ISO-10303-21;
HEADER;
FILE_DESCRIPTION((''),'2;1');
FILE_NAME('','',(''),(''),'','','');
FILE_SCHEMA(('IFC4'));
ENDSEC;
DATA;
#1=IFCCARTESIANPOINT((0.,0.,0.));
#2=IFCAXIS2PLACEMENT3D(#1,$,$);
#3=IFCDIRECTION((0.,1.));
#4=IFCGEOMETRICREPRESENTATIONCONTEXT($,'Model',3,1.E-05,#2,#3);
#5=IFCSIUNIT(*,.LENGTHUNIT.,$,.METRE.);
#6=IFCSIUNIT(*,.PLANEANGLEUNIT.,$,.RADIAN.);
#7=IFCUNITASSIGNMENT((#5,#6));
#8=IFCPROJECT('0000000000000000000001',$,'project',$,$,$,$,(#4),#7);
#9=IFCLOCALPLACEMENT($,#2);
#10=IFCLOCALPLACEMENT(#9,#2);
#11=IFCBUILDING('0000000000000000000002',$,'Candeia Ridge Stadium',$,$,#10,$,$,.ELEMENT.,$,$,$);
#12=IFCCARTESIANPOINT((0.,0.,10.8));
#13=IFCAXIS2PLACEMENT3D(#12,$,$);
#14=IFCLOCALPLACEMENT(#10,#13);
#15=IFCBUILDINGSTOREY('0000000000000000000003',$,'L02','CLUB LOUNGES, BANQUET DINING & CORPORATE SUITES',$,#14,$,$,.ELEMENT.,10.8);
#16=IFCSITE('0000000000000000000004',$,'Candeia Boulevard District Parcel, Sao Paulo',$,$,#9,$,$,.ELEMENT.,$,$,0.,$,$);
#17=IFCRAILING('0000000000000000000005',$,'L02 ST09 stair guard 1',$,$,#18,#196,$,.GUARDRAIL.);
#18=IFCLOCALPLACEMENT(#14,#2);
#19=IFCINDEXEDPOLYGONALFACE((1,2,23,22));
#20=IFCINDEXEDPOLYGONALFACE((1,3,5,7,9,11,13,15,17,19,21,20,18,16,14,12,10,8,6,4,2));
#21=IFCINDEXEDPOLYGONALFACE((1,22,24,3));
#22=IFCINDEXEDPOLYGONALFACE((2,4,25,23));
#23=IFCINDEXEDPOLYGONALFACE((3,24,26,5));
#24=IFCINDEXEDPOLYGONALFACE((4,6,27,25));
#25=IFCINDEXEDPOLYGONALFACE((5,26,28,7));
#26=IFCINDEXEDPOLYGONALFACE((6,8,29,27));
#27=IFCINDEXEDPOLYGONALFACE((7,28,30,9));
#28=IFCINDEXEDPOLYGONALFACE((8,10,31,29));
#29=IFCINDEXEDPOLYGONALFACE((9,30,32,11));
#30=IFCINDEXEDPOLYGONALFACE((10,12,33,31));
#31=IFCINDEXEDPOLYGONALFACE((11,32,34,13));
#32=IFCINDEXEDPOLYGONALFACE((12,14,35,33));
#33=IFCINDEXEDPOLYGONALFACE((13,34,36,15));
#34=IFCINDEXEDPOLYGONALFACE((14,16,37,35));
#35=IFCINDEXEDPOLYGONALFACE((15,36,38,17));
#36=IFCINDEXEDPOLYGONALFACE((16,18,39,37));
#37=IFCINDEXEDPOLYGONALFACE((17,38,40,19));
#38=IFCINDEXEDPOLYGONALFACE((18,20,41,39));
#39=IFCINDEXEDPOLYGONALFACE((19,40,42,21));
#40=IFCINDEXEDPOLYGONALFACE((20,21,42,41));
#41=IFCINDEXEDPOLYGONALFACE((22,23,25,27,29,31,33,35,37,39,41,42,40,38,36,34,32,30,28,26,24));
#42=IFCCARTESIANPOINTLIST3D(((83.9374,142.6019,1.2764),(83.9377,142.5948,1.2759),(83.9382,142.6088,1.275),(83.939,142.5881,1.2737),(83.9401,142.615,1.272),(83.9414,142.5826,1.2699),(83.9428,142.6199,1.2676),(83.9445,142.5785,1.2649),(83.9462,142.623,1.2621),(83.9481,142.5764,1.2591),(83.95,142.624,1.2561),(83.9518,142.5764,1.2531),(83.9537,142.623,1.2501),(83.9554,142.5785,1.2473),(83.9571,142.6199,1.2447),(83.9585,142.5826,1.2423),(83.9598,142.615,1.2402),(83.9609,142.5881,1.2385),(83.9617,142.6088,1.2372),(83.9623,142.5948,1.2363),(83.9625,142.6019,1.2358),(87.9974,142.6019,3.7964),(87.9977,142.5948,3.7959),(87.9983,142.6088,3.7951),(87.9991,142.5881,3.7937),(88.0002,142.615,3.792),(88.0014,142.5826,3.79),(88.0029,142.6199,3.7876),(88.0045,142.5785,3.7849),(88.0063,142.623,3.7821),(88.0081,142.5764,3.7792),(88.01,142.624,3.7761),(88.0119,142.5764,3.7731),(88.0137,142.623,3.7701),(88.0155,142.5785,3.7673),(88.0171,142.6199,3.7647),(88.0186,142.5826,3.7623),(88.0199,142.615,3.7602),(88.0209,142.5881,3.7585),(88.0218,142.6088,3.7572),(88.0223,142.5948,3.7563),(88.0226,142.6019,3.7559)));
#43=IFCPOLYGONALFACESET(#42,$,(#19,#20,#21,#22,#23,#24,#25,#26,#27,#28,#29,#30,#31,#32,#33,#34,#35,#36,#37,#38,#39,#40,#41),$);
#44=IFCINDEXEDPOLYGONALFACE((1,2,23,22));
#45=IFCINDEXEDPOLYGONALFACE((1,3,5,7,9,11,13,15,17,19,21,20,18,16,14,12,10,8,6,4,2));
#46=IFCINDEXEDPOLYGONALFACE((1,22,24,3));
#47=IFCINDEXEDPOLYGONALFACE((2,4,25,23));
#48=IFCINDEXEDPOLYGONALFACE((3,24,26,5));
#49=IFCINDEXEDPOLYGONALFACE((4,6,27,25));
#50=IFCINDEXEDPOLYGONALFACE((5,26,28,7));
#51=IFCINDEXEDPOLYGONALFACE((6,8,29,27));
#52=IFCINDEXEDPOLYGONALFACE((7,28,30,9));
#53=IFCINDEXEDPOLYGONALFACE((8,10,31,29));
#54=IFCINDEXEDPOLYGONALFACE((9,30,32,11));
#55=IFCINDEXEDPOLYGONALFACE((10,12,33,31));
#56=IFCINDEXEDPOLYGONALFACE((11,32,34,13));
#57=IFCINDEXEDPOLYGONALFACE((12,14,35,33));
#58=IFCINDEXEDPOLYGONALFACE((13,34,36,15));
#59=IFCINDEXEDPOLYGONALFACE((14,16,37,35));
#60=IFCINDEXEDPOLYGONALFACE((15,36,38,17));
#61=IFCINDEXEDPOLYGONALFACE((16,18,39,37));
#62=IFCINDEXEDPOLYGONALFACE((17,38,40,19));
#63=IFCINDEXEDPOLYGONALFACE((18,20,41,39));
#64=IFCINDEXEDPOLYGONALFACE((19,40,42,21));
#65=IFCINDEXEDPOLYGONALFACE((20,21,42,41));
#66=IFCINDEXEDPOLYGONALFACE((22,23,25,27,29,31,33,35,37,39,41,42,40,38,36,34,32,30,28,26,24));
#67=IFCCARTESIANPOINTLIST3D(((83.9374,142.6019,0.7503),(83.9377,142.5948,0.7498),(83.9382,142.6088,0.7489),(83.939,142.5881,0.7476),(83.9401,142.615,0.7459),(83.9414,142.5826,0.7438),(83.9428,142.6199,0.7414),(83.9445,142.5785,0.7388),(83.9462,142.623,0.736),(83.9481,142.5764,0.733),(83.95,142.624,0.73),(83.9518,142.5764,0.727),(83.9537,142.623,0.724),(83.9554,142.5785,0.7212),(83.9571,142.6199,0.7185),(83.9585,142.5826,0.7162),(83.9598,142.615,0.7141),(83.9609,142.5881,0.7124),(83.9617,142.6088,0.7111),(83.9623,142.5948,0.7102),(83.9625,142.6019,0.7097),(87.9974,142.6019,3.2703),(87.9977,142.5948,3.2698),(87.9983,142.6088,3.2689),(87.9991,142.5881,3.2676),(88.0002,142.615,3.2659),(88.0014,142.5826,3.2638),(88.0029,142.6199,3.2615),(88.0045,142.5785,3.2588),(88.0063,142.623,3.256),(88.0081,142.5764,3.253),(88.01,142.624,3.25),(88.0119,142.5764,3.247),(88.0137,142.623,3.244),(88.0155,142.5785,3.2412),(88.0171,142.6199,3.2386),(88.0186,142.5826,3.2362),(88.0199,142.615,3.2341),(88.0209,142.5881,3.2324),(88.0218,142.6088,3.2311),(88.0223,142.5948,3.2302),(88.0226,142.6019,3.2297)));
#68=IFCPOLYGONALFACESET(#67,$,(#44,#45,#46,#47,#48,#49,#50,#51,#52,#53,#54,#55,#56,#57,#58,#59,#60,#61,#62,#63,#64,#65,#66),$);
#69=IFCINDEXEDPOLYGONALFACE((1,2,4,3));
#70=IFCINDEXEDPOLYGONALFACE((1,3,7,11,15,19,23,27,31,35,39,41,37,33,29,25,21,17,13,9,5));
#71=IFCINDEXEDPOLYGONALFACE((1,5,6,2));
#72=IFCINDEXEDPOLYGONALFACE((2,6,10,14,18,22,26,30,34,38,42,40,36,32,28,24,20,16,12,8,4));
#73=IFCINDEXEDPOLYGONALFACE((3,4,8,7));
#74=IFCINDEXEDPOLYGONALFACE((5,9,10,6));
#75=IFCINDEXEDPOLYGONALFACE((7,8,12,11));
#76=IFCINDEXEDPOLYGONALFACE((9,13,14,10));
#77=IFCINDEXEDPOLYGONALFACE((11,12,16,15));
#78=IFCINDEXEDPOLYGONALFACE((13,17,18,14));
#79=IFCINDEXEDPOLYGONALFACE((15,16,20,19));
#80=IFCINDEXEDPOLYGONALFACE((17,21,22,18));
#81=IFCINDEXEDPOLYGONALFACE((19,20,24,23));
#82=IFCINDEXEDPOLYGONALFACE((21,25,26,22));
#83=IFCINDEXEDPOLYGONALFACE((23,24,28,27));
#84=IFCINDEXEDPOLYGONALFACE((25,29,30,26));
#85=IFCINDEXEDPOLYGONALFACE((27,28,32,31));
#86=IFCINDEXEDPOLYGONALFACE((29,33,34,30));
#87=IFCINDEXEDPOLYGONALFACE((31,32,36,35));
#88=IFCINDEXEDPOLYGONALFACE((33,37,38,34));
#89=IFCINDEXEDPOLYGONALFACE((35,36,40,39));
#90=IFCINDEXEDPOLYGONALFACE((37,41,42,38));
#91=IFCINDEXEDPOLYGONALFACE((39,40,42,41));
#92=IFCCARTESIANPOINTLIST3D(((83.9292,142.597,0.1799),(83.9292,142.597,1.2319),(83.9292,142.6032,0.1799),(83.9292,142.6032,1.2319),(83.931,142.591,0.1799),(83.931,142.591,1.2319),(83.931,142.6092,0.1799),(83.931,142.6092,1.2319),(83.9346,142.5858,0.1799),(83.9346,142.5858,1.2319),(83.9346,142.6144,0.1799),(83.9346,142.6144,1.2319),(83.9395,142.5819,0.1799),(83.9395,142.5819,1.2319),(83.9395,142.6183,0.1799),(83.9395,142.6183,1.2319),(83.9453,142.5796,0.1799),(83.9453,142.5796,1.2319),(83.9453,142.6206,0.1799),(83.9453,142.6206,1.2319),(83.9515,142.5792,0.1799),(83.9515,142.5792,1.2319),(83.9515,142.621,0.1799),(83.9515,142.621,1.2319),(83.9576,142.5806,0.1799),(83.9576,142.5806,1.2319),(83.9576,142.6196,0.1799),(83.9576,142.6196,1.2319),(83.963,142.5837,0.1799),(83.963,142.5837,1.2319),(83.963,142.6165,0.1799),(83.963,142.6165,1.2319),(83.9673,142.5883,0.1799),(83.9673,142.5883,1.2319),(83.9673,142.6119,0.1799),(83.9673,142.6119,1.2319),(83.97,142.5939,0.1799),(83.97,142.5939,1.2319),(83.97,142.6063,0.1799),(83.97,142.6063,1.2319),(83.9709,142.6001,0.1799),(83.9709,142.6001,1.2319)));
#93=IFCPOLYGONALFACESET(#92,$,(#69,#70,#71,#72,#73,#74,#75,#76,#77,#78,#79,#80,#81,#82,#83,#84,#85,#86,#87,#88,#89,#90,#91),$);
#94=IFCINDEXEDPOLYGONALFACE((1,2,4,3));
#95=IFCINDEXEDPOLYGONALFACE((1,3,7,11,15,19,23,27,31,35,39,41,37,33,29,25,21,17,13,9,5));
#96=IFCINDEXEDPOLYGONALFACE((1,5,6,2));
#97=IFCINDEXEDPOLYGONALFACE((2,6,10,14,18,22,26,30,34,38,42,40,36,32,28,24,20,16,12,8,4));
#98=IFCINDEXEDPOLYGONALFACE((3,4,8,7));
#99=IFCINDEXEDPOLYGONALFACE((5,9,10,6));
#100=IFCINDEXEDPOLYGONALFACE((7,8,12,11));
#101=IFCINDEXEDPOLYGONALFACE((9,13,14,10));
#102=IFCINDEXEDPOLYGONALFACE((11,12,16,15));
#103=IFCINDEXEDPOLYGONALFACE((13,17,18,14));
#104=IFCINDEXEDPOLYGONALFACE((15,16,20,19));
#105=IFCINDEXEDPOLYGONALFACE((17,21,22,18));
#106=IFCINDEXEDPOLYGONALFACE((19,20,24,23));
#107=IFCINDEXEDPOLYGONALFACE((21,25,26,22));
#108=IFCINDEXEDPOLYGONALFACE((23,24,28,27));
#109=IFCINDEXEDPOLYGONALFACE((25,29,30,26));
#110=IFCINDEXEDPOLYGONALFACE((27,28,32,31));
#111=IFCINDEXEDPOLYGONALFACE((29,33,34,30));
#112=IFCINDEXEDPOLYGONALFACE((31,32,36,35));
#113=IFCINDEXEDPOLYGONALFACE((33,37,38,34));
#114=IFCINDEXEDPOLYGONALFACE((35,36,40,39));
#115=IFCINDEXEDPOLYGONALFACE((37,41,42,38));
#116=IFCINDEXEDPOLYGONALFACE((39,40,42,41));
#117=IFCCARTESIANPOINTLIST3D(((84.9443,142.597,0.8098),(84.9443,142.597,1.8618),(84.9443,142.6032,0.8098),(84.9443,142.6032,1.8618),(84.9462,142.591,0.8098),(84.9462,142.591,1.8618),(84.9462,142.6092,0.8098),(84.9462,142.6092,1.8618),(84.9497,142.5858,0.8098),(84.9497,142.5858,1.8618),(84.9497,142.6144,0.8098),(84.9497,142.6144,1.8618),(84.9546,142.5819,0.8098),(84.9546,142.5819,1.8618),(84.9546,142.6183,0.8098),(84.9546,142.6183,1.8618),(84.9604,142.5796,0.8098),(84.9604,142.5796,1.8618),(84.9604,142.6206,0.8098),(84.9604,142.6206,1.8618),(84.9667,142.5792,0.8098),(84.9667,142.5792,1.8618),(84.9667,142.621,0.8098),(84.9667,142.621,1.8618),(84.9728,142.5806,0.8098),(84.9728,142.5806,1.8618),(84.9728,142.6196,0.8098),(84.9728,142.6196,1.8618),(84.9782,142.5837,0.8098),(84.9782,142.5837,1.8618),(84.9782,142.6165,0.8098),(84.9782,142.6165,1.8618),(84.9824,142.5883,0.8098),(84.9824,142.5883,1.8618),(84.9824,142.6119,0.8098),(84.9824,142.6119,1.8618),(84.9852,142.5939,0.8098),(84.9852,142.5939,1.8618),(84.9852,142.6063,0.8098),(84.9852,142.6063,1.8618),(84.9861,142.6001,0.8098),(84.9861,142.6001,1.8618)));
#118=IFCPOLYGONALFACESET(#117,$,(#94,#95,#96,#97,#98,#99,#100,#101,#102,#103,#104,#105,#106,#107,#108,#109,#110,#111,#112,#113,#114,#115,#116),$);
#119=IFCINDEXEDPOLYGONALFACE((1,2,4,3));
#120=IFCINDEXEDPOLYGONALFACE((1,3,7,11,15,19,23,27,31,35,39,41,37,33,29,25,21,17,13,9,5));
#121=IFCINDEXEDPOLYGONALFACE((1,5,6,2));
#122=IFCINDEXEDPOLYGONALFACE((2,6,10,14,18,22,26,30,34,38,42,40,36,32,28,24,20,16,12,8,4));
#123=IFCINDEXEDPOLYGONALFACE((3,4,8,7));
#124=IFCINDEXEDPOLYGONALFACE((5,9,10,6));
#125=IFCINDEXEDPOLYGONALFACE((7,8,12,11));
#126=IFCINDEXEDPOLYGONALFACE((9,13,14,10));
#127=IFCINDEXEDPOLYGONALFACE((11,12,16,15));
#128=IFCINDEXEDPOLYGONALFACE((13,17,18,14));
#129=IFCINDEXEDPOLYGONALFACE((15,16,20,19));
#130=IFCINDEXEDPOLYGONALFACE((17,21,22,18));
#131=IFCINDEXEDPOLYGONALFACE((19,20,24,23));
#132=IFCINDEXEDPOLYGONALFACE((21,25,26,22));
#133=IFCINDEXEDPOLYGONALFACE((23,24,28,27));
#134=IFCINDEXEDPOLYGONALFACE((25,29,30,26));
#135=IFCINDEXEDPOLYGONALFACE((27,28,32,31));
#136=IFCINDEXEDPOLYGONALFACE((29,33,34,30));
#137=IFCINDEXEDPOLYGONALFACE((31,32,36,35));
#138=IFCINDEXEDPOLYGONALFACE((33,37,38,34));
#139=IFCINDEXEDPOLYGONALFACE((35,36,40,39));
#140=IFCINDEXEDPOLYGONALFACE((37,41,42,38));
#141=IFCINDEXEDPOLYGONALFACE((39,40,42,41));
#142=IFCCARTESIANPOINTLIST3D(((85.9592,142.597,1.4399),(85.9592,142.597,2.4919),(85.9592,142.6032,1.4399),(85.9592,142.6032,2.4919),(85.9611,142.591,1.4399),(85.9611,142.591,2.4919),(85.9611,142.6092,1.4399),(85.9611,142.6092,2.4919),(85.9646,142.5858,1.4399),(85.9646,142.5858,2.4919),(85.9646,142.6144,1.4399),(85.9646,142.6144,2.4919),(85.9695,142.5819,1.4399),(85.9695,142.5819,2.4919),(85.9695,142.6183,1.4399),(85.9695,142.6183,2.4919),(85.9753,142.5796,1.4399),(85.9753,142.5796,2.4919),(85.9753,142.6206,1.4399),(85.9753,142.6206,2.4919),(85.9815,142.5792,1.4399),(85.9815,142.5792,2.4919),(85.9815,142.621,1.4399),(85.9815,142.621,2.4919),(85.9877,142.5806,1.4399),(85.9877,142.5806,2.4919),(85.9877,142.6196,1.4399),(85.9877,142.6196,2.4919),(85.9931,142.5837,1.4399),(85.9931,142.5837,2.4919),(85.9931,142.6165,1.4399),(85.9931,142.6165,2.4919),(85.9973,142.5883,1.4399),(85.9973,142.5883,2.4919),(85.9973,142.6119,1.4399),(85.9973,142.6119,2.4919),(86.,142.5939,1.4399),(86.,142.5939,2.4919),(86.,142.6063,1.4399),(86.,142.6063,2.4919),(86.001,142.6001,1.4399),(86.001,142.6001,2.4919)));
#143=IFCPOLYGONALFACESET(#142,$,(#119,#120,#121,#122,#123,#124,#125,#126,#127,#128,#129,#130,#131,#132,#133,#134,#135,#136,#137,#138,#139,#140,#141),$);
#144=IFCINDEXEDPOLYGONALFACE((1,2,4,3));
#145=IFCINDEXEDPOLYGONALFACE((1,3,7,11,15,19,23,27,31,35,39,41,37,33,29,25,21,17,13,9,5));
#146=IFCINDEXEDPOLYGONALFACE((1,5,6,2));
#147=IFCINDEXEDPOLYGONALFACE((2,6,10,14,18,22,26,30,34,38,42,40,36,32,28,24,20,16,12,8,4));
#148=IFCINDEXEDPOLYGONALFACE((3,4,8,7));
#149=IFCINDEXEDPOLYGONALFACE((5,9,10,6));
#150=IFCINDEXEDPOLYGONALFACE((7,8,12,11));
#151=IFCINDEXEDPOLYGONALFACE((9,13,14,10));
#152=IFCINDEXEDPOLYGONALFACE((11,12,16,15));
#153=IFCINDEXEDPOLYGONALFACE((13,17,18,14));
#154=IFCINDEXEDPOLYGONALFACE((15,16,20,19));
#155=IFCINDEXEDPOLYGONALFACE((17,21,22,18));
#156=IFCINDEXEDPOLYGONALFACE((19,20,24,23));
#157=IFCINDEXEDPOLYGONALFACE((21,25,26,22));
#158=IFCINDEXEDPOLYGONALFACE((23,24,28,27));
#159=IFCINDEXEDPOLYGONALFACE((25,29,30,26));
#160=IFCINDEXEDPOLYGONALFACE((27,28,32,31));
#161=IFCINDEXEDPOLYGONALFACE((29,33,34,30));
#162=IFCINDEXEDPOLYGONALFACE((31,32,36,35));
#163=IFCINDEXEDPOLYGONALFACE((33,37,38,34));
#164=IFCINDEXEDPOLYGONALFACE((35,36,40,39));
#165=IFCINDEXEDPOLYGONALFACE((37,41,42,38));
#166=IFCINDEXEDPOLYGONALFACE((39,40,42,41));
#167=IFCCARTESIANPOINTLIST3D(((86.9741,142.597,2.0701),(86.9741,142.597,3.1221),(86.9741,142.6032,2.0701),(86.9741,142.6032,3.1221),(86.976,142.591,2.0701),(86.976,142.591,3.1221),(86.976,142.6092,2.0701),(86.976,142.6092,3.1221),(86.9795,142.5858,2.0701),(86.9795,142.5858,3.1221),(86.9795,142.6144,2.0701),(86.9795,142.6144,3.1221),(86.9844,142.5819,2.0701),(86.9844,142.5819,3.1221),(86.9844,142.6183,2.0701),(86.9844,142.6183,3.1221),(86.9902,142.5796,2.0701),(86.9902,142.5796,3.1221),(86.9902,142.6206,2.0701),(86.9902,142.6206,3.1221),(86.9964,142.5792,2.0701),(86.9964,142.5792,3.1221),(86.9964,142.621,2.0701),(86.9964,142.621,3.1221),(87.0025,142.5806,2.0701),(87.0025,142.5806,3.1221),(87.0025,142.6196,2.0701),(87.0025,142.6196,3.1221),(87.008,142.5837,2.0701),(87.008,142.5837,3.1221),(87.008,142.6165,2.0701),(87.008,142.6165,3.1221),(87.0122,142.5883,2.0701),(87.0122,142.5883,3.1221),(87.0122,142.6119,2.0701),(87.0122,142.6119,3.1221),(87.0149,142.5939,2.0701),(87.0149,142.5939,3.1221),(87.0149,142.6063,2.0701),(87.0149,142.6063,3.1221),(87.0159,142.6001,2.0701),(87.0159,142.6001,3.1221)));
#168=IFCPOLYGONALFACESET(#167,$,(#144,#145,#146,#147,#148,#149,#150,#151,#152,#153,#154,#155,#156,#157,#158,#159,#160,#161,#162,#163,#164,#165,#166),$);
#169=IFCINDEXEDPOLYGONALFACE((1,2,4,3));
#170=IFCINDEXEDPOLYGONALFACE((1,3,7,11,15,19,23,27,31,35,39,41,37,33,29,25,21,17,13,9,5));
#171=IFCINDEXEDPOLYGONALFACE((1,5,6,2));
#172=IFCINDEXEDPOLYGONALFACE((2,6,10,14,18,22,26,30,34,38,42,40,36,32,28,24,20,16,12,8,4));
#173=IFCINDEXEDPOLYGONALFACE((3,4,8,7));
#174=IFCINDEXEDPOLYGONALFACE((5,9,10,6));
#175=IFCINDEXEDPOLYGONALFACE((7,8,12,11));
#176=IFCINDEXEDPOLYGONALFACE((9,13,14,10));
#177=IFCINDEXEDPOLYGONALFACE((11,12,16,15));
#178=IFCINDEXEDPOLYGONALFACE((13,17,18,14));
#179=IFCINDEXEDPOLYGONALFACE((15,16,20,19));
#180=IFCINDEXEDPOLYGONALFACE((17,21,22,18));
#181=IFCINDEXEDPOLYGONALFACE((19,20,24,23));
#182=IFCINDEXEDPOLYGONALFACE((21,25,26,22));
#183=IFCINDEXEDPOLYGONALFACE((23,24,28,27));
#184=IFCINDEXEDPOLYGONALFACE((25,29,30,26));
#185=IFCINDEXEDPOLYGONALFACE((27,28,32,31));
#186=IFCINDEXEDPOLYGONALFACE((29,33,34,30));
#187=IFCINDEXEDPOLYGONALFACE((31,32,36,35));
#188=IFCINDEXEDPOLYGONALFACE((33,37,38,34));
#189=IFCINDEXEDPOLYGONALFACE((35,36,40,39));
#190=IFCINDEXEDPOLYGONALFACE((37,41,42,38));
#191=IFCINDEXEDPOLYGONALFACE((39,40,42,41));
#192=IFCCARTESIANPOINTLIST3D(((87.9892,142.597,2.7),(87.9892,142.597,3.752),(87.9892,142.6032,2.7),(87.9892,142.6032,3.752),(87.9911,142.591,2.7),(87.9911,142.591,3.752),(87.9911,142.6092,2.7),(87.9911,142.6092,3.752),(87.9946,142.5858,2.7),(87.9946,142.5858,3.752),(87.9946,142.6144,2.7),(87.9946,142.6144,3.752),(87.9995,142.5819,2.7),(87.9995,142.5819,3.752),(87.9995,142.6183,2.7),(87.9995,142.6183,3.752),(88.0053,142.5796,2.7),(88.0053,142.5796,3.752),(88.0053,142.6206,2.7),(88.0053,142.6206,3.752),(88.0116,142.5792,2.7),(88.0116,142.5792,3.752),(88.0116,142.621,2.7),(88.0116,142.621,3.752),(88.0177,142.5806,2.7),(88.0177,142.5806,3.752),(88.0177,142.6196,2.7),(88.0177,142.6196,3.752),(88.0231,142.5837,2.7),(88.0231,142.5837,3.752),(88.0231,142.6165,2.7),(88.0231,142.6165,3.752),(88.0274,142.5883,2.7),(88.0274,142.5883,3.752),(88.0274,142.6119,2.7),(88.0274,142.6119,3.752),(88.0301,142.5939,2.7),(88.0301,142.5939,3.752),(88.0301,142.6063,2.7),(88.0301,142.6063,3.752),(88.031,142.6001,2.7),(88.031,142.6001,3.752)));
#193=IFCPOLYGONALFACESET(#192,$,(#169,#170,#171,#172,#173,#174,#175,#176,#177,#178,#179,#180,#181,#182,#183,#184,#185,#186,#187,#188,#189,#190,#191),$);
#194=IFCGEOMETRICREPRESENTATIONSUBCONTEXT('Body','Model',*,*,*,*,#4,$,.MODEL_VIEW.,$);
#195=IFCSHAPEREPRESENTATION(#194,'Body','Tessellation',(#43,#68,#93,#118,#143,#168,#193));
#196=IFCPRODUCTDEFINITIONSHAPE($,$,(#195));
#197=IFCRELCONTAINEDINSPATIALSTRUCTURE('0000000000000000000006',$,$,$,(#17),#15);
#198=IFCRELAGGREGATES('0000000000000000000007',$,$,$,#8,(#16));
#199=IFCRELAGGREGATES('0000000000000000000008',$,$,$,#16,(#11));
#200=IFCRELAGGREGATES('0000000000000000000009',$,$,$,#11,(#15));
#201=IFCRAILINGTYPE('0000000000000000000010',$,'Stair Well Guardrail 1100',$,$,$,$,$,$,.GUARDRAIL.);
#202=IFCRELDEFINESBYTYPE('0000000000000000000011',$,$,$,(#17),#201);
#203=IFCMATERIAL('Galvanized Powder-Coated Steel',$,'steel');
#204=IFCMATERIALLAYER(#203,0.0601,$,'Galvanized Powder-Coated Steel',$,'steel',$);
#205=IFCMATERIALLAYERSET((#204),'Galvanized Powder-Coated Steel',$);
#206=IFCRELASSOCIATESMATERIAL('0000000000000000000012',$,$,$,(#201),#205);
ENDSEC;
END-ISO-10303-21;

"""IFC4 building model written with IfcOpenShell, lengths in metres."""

from ifc_helpers import new_model, si_unit, direction, frame, origin, origin_2d, place, context, subcontext, project, spatial, circle, extrude, material, layer, layer_set, type_object, element, save


model = new_model("IFC4")

# Units and contexts
model_context = context("Model", 3, precision=1e-05, world=origin(), true_north=direction((0.0, 1.0)))
body_context = subcontext(model_context, "Body", "Model", "MODEL_VIEW")
ifc_project = project(units=[si_unit("LENGTHUNIT", "METRE"), si_unit("PLANEANGLEUNIT", "RADIAN")], contexts=[model_context])

# Site, building, storey
site_placement = place(None, origin())
site = spatial("IfcSite", under=ifc_project, at=site_placement, Name="Candeia Boulevard District Parcel, Sao Paulo", CompositionType="ELEMENT", RefElevation=0.0)
building_placement = place(site_placement, origin())
building = spatial("IfcBuilding", under=site, at=building_placement, Name="Candeia Ridge Stadium", CompositionType="ELEMENT")
storey_placement = place(building_placement, frame((0.0, 0.0, 10.8)))
storey = spatial("IfcBuildingStorey", under=building, at=storey_placement, Name="L02", Description="CLUB LOUNGES, BANQUET DINING & CORPORATE SUITES", CompositionType="ELEMENT", Elevation=10.8)

# Railing
ifc_material_1 = material(Name="Galvanized Powder-Coated Steel", Category="steel")
ifc_layer_1 = layer(ifc_material_1, 0.0601, Name="Galvanized Powder-Coated Steel", Category="steel")
ifc_layer_set_1 = layer_set([ifc_layer_1], Name="Galvanized Powder-Coated Steel")
railing_type_1 = type_object("IfcRailingType", Name="Stair Well Guardrail 1100", PredefinedType="GUARDRAIL", material=ifc_layer_set_1)
railing_1_placement = place(storey_placement, frame((83.95, 142.6001, 0.1799)))
element("IfcRailing", 1, at=railing_1_placement, inside=storey, type_object=railing_type_1, Name="L02 ST09 stair guard 1", PredefinedType="GUARDRAIL", context=body_context, shape_type="SweptSolid", body=[
    extrude(circle(Radius=0.0239, at=origin_2d()), frame((0.0, 0.0, 1.0762), z_axis=(0.849642, 0.0, 0.52736), x_axis=(0.0, 1.0, 0.0)), (0.0, 0.0, 1.0), 4.7786),
    extrude(circle(Radius=0.0239, at=origin_2d()), frame((0.0, 0.0, 0.55), z_axis=(0.849642, 0.0, 0.52736), x_axis=(0.0, 1.0, 0.0)), (0.0, 0.0, 1.0), 4.7786),
    extrude(circle(Radius=0.021, at=origin_2d()), origin(), (0.0, 0.0, 1.0), 1.052),
    extrude(circle(Radius=0.021, at=origin_2d()), frame((1.0151, 0.0, 0.6299)), (0.0, 0.0, 1.0), 1.052),
    extrude(circle(Radius=0.021, at=origin_2d()), frame((2.03, 0.0, 1.26)), (0.0, 0.0, 1.0), 1.052),
    extrude(circle(Radius=0.021, at=origin_2d()), frame((3.0449, 0.0, 1.8901)), (0.0, 0.0, 1.0), 1.052),
    extrude(circle(Radius=0.021, at=origin_2d()), frame((4.0601, 0.0, 2.52)), (0.0, 0.0, 1.0), 1.052),
])

save(model, "model.ifc")
